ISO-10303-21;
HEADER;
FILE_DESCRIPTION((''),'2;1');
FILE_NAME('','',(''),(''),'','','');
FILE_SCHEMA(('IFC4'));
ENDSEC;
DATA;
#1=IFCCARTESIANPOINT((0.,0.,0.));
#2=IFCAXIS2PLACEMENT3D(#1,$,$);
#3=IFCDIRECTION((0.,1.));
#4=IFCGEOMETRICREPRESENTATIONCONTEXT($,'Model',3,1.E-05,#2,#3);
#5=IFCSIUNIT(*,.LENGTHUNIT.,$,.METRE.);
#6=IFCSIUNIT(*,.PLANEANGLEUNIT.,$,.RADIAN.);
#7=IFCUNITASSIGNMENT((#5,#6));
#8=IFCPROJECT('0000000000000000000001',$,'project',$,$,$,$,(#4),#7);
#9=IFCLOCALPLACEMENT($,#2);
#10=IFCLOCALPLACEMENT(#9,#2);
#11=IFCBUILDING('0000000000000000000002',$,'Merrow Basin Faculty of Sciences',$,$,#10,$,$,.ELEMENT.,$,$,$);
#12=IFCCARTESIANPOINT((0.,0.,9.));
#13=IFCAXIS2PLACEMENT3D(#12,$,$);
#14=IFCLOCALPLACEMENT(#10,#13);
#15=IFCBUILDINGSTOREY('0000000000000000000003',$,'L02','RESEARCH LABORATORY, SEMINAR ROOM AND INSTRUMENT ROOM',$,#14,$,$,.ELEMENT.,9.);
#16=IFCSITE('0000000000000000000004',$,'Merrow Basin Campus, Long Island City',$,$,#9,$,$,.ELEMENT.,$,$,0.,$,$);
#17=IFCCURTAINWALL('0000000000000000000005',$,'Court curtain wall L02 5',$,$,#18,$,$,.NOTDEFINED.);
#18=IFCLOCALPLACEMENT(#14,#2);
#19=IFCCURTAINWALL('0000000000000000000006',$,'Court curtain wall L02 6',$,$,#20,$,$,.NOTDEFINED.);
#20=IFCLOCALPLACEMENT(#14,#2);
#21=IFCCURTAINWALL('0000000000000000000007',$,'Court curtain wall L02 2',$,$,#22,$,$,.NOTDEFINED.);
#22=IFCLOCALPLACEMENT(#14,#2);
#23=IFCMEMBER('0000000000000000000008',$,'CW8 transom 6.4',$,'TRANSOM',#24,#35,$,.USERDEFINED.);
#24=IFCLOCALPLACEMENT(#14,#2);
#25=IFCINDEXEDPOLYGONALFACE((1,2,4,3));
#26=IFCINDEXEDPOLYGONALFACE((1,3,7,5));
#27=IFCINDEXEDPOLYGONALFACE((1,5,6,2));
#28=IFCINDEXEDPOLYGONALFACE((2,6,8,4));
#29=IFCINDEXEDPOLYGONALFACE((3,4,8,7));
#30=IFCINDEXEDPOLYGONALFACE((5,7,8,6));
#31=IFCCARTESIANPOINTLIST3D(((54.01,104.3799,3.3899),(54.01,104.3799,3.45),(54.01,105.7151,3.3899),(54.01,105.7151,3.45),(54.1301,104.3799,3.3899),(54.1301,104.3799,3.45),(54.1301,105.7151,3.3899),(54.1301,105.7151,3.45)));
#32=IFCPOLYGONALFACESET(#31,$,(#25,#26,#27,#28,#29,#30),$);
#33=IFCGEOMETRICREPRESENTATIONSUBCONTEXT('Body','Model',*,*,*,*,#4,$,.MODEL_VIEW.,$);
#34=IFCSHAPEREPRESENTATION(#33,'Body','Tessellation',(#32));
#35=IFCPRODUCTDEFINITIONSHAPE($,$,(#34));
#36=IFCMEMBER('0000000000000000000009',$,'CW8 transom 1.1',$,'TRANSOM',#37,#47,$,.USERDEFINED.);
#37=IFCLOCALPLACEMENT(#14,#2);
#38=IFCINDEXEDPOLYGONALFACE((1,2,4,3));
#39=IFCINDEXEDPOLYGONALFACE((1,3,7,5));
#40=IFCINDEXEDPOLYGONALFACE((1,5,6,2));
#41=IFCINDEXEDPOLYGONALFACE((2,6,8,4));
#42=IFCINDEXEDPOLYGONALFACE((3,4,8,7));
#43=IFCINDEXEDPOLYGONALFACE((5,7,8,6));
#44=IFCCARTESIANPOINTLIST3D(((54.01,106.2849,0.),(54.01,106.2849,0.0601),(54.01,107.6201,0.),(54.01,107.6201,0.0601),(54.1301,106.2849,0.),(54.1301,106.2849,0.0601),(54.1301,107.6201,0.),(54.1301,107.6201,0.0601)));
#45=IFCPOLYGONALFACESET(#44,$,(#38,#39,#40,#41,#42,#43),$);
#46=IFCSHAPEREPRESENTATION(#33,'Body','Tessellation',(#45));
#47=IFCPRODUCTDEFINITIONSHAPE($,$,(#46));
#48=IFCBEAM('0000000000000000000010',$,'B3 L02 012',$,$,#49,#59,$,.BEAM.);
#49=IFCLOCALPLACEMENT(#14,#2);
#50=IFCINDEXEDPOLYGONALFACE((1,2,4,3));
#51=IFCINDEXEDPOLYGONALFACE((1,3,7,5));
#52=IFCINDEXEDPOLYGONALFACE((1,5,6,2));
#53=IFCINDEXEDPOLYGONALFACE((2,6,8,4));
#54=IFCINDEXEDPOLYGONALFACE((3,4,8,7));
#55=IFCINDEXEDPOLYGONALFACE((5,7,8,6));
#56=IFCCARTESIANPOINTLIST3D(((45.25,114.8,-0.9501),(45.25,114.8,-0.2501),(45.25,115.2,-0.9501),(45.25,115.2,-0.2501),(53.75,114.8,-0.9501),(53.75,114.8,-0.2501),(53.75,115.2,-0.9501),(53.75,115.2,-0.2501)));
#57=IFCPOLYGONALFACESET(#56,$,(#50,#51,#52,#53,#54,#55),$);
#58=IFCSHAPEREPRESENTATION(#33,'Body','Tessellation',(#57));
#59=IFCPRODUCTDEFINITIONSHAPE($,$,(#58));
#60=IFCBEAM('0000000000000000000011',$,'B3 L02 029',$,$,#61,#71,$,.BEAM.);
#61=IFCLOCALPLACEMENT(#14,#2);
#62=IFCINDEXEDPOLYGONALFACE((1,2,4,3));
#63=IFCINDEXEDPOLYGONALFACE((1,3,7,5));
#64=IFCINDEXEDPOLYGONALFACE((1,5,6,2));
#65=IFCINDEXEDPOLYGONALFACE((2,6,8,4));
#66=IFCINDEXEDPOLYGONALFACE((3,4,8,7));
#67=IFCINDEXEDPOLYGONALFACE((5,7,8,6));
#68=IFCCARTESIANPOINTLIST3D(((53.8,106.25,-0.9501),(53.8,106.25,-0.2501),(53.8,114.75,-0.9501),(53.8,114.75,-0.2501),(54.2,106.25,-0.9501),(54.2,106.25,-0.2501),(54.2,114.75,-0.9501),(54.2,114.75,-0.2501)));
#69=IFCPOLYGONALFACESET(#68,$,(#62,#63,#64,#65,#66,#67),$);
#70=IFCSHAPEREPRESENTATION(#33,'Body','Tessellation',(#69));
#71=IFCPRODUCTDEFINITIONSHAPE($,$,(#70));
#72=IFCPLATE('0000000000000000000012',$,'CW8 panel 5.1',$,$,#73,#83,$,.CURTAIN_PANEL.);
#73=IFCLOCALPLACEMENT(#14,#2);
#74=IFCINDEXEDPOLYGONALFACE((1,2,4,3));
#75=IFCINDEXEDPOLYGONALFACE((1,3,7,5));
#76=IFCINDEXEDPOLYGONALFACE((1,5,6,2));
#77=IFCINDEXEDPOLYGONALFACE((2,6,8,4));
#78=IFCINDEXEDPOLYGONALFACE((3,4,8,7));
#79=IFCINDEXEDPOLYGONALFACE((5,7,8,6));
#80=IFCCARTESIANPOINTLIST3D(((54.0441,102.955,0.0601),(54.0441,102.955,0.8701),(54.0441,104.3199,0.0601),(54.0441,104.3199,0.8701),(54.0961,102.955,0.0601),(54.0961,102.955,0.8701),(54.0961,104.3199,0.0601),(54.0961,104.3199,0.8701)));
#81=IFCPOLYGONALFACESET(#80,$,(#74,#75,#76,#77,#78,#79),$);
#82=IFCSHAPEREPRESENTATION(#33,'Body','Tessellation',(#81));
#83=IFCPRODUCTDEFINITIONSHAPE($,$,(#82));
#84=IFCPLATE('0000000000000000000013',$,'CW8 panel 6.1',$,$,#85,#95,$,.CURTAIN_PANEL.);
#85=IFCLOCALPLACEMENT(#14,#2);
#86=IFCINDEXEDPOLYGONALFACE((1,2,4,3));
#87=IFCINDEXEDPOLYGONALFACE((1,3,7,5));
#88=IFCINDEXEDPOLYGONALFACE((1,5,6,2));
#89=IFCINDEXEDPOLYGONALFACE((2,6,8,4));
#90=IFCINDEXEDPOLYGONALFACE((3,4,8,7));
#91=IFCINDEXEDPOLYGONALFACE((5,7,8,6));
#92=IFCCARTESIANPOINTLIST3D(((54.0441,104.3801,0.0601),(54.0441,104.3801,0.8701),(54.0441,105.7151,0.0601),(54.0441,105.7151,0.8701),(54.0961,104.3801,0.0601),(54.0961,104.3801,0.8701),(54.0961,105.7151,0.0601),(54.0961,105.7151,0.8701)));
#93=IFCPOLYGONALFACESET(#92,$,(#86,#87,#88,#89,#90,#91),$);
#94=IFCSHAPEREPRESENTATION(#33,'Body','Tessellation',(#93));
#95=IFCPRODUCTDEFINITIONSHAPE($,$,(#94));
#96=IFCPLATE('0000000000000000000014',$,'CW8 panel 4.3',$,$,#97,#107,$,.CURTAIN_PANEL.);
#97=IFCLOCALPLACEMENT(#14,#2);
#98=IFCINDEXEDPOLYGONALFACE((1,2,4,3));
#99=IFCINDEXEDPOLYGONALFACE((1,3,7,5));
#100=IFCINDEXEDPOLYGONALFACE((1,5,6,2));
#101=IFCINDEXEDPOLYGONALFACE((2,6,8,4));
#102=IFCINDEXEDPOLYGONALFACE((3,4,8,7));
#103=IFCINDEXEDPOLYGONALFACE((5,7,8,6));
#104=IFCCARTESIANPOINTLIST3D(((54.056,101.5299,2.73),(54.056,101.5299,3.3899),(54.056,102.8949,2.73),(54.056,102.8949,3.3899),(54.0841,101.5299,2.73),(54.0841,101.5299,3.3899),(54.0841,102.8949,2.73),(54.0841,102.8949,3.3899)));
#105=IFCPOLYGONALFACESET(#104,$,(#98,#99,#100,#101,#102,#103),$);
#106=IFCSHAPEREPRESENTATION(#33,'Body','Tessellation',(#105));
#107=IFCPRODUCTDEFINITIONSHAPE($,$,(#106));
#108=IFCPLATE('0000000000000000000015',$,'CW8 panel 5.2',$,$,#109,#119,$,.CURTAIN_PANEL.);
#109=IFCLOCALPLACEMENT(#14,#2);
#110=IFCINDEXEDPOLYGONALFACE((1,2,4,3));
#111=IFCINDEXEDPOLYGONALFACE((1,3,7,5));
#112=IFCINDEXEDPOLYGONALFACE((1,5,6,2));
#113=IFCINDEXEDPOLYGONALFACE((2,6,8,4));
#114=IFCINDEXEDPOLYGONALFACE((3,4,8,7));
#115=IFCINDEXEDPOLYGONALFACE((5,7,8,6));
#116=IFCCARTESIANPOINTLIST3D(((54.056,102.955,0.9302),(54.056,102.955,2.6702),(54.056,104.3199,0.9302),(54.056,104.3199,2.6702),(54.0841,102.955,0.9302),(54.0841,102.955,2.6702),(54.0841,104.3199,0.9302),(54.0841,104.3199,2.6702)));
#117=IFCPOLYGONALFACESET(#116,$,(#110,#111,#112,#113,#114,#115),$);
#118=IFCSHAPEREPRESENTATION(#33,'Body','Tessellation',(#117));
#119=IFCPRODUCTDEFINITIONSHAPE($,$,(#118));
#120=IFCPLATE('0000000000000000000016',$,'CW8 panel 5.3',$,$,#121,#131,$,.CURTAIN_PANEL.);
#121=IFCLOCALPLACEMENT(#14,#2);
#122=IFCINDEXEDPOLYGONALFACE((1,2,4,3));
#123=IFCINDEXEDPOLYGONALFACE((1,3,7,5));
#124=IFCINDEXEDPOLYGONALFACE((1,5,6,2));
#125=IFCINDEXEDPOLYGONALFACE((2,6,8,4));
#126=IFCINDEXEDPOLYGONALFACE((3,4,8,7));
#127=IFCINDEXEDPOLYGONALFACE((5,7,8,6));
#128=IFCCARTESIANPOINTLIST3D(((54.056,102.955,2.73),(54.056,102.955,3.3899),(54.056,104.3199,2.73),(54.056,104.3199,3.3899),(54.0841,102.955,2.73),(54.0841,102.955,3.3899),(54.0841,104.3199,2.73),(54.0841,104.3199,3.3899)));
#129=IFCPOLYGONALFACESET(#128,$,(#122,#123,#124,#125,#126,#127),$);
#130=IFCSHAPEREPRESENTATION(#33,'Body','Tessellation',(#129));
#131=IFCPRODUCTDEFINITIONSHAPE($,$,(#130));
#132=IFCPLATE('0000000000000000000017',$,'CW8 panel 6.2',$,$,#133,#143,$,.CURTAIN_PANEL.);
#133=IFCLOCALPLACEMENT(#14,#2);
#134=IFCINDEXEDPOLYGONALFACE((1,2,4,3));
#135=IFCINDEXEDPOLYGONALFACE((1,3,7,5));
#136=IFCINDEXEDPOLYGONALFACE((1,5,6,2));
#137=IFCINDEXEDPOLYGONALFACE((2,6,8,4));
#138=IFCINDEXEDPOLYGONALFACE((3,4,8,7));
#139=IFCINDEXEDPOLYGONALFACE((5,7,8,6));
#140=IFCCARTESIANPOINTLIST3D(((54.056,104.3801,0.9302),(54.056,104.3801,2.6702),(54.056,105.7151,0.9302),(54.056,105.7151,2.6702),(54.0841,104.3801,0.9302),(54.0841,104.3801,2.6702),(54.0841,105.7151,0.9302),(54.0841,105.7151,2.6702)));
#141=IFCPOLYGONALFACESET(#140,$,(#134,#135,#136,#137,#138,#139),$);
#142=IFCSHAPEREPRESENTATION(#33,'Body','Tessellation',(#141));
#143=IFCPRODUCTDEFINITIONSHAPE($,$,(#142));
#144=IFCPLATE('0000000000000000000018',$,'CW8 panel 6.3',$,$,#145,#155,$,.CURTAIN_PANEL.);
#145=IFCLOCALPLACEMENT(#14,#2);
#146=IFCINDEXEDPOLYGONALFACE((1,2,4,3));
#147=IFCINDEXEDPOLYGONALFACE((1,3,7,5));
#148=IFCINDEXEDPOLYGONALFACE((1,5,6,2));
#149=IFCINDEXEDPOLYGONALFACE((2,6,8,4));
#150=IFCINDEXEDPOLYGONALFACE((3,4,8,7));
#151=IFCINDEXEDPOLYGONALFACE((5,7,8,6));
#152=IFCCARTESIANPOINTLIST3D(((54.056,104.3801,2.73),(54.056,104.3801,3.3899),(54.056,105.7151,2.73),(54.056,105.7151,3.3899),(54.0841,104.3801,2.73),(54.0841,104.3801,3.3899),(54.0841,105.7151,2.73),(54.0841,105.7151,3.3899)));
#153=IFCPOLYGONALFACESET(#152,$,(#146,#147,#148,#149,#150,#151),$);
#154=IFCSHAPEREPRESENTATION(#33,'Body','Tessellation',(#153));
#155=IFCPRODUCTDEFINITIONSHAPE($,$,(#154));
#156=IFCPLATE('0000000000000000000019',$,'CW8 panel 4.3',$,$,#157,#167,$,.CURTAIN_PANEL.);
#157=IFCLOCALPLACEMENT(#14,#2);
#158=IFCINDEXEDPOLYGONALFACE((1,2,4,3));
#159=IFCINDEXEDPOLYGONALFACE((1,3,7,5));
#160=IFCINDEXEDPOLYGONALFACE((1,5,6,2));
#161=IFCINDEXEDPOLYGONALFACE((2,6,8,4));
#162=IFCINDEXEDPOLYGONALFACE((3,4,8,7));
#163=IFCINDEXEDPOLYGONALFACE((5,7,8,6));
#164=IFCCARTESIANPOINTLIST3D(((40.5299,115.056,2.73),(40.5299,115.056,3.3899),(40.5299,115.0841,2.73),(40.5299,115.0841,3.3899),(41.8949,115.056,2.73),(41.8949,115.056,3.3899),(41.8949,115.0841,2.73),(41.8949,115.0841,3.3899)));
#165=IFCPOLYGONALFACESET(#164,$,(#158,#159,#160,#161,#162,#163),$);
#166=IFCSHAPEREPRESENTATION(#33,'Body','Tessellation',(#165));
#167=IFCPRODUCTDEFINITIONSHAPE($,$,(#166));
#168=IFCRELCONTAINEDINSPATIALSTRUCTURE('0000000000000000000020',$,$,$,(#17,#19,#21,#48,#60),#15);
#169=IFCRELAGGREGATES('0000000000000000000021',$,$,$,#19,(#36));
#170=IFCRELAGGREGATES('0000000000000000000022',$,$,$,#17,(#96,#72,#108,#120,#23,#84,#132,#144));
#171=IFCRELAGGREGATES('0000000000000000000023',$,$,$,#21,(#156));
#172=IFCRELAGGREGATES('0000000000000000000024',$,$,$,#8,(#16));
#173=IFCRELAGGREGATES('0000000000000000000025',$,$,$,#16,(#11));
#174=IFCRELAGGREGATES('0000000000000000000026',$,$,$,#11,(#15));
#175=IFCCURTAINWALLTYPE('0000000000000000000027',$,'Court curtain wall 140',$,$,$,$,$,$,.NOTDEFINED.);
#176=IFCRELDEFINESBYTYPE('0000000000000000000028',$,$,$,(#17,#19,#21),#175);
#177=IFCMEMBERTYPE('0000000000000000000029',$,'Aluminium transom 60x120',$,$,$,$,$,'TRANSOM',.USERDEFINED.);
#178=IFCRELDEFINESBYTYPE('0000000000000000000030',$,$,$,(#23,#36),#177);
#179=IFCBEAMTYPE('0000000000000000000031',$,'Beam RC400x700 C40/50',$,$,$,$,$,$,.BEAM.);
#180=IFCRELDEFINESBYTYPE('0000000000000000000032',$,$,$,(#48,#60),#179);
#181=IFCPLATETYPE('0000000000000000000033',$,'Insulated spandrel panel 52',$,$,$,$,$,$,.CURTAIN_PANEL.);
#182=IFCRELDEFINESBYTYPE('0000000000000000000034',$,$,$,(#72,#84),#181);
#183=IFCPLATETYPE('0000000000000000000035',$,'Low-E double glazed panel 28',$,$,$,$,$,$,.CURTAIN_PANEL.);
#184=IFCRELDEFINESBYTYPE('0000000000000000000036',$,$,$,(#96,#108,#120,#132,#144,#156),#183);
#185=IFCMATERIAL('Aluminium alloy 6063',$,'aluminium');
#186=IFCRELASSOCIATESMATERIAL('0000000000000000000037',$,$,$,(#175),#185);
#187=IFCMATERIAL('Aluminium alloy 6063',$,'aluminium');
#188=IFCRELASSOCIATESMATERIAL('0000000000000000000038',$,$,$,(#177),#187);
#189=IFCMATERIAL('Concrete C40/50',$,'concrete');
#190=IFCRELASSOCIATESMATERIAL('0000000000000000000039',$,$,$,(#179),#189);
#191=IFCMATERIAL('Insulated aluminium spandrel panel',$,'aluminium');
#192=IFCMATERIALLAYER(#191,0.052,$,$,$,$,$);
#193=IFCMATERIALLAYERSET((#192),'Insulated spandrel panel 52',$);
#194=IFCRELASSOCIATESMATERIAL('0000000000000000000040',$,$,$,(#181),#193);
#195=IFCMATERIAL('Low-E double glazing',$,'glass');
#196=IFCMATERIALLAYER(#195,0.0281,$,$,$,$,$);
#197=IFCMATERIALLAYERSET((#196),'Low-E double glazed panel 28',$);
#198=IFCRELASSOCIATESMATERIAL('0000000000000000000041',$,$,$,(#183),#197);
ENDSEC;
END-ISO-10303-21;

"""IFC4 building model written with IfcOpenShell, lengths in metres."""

from ifc_helpers import new_model, si_unit, direction, frame, origin, origin_2d, place, context, subcontext, project, spatial, rectangle, extrude, material, layer, layer_set, material_profile, profile_set, type_object, element, aggregate, save


model = new_model("IFC4")

# Units and contexts
model_context = context("Model", 3, precision=1e-05, world=origin(), true_north=direction((0.0, 1.0)))
body_context = subcontext(model_context, "Body", "Model", "MODEL_VIEW")
ifc_project = project(units=[si_unit("LENGTHUNIT", "METRE"), si_unit("PLANEANGLEUNIT", "RADIAN")], contexts=[model_context])

# Site, building, storey
site_placement = place(None, origin())
site = spatial("IfcSite", under=ifc_project, at=site_placement, Name="Merrow Basin Campus, Long Island City", CompositionType="ELEMENT", RefElevation=0.0)
building_placement = place(site_placement, origin())
building = spatial("IfcBuilding", under=site, at=building_placement, Name="Merrow Basin Faculty of Sciences", CompositionType="ELEMENT")
storey_placement = place(building_placement, frame((0.0, 0.0, 9.0)))
storey = spatial("IfcBuildingStorey", under=building, at=storey_placement, Name="L02", Description="RESEARCH LABORATORY, SEMINAR ROOM AND INSTRUMENT ROOM", CompositionType="ELEMENT", Elevation=9.0)

# Curtain wall
ifc_material_1 = material(Name="Aluminium alloy 6063", Category="aluminium")
curtain_wall_type = type_object("IfcCurtainWallType", Name="Court curtain wall 140", PredefinedType="NOTDEFINED", material=ifc_material_1)
curtain_wall_1_placement = place(storey_placement, origin())
curtain_wall_1 = element("IfcCurtainWall", 1, at=curtain_wall_1_placement, inside=storey, type_object=curtain_wall_type, Name="Court curtain wall L02 5", PredefinedType="NOTDEFINED")

# Curtain walls
curtain_wall_2_placement = place(storey_placement, origin())
curtain_wall_2 = element("IfcCurtainWall", 2, at=curtain_wall_2_placement, inside=storey, type_object=curtain_wall_type, Name="Court curtain wall L02 6", PredefinedType="NOTDEFINED")
curtain_wall_3_placement = place(storey_placement, origin())
curtain_wall_3 = element("IfcCurtainWall", 3, at=curtain_wall_3_placement, inside=storey, type_object=curtain_wall_type, Name="Court curtain wall L02 2", PredefinedType="NOTDEFINED")

# Members
ifc_material_2 = material(Name="Aluminium alloy 6063", Category="aluminium")
ifc_material_profile_1 = material_profile(ifc_material_2, rectangle(XDim=0.1201, YDim=0.0601, at=origin_2d()))
ifc_profile_set_1 = profile_set([ifc_material_profile_1], Name="Aluminium alloy 6063")
member_type_1 = type_object("IfcMemberType", Name="Aluminium transom 60x120", ElementType="TRANSOM", PredefinedType="USERDEFINED", material=ifc_profile_set_1)
member_1_placement = place(storey_placement, frame((54.0701, 104.3799, 3.4199), z_axis=(0.0, 1.0, 0.0), x_axis=(-1.0, 0.0, 0.0)))
member_1 = element("IfcMember", 4, at=member_1_placement, type_object=member_type_1, Name="CW8 transom 6.4", ObjectType="TRANSOM", PredefinedType="USERDEFINED", context=body_context, shape_type="SweptSolid", body=[
    extrude(rectangle(XDim=0.1201, YDim=0.0601, at=origin_2d()), origin(), (0.0, 0.0, 1.0), 1.3352),
])
member_2_placement = place(storey_placement, frame((54.0701, 106.2849, 0.03), z_axis=(0.0, 1.0, 0.0), x_axis=(-1.0, 0.0, 0.0)))
member_2 = element("IfcMember", 5, at=member_2_placement, type_object=member_type_1, Name="CW8 transom 1.1", ObjectType="TRANSOM", PredefinedType="USERDEFINED", context=body_context, shape_type="SweptSolid", body=[
    extrude(rectangle(XDim=0.1201, YDim=0.0601, at=origin_2d()), origin(), (0.0, 0.0, 1.0), 1.3352),
])
aggregate(curtain_wall_2, [member_2])

# Beams
ifc_material_3 = material(Name="Concrete C40/50", Category="concrete")
ifc_material_profile_2 = material_profile(ifc_material_3, rectangle(XDim=0.3999, YDim=0.7, at=origin_2d()))
ifc_profile_set_2 = profile_set([ifc_material_profile_2], Name="Concrete C40/50")
beam_type = type_object("IfcBeamType", Name="Beam RC400x700 C40/50", PredefinedType="BEAM", material=ifc_profile_set_2)
for number, where, z_axis, x_axis, name in (
    (6, (45.25, 115.0, -0.6001), (1.0, 0.0, 0.0), (0.0, 1.0, 0.0), "B3 L02 012"),
    (7, (54.0, 106.25, -0.6001), (0.0, 1.0, 0.0), (-1.0, 0.0, 0.0), "B3 L02 029"),
):
    element("IfcBeam", number, at=place(storey_placement, frame(where, z_axis=z_axis, x_axis=x_axis)), inside=storey, type_object=beam_type, Name=name, PredefinedType="BEAM", context=body_context, shape_type="SweptSolid", body=[
        extrude(rectangle(XDim=0.3999, YDim=0.7, at=origin_2d()), origin(), (0.0, 0.0, 1.0), 8.5),
    ])

# Plates
ifc_material_4 = material(Name="Insulated aluminium spandrel panel", Category="aluminium")
ifc_layer_1 = layer(ifc_material_4, 0.052)
ifc_layer_set_1 = layer_set([ifc_layer_1], Name="Insulated spandrel panel 52")
plate_type_1 = type_object("IfcPlateType", Name="Insulated spandrel panel 52", PredefinedType="CURTAIN_PANEL", material=ifc_layer_set_1)
plate_1_placement = place(storey_placement, frame((54.0701, 103.6375, 0.0601), z_axis=(0.0, 0.0, 1.0), x_axis=(0.0, 1.0, 0.0)))
plate_1 = element("IfcPlate", 8, at=plate_1_placement, type_object=plate_type_1, Name="CW8 panel 5.1", PredefinedType="CURTAIN_PANEL", context=body_context, shape_type="SweptSolid", body=[
    extrude(rectangle(XDim=1.365, YDim=0.052, at=origin_2d()), origin(), (0.0, 0.0, 1.0), 0.8101),
])
plate_2_placement = place(storey_placement, frame((54.0701, 105.0476, 0.0601), z_axis=(0.0, 0.0, 1.0), x_axis=(0.0, 1.0, 0.0)))
plate_2 = element("IfcPlate", 9, at=plate_2_placement, type_object=plate_type_1, Name="CW8 panel 6.1", PredefinedType="CURTAIN_PANEL", context=body_context, shape_type="SweptSolid", body=[
    extrude(rectangle(XDim=1.335, YDim=0.052, at=origin_2d()), origin(), (0.0, 0.0, 1.0), 0.8101),
])
ifc_material_5 = material(Name="Low-E double glazing", Category="glass")
ifc_layer_2 = layer(ifc_material_5, 0.0281)
ifc_layer_set_2 = layer_set([ifc_layer_2], Name="Low-E double glazed panel 28")
plate_type_2 = type_object("IfcPlateType", Name="Low-E double glazed panel 28", PredefinedType="CURTAIN_PANEL", material=ifc_layer_set_2)
plate_3_placement = place(storey_placement, frame((54.0701, 102.2124, 2.73), z_axis=(0.0, 0.0, 1.0), x_axis=(0.0, 1.0, 0.0)))
plate_3 = element("IfcPlate", 10, at=plate_3_placement, type_object=plate_type_2, Name="CW8 panel 4.3", PredefinedType="CURTAIN_PANEL", context=body_context, shape_type="SweptSolid", body=[
    extrude(rectangle(XDim=1.365, YDim=0.0281, at=origin_2d()), origin(), (0.0, 0.0, 1.0), 0.6599),
])
plate_4_placement = place(storey_placement, frame((54.0701, 103.6375, 0.9302), z_axis=(0.0, 0.0, 1.0), x_axis=(0.0, 1.0, 0.0)))
plate_4 = element("IfcPlate", 11, at=plate_4_placement, type_object=plate_type_2, Name="CW8 panel 5.2", PredefinedType="CURTAIN_PANEL", context=body_context, shape_type="SweptSolid", body=[
    extrude(rectangle(XDim=1.365, YDim=0.0281, at=origin_2d()), origin(), (0.0, 0.0, 1.0), 1.74),
])
plate_5_placement = place(storey_placement, frame((54.0701, 103.6375, 2.73), z_axis=(0.0, 0.0, 1.0), x_axis=(0.0, 1.0, 0.0)))
plate_5 = element("IfcPlate", 12, at=plate_5_placement, type_object=plate_type_2, Name="CW8 panel 5.3", PredefinedType="CURTAIN_PANEL", context=body_context, shape_type="SweptSolid", body=[
    extrude(rectangle(XDim=1.365, YDim=0.0281, at=origin_2d()), origin(), (0.0, 0.0, 1.0), 0.6599),
])
plate_6_placement = place(storey_placement, frame((54.0701, 105.0476, 0.9302), z_axis=(0.0, 0.0, 1.0), x_axis=(0.0, 1.0, 0.0)))
plate_6 = element("IfcPlate", 13, at=plate_6_placement, type_object=plate_type_2, Name="CW8 panel 6.2", PredefinedType="CURTAIN_PANEL", context=body_context, shape_type="SweptSolid", body=[
    extrude(rectangle(XDim=1.335, YDim=0.0281, at=origin_2d()), origin(), (0.0, 0.0, 1.0), 1.74),
])
plate_7_placement = place(storey_placement, frame((54.0701, 105.0476, 2.73), z_axis=(0.0, 0.0, 1.0), x_axis=(0.0, 1.0, 0.0)))
plate_7 = element("IfcPlate", 14, at=plate_7_placement, type_object=plate_type_2, Name="CW8 panel 6.3", PredefinedType="CURTAIN_PANEL", context=body_context, shape_type="SweptSolid", body=[
    extrude(rectangle(XDim=1.335, YDim=0.0281, at=origin_2d()), origin(), (0.0, 0.0, 1.0), 0.6599),
])
aggregate(curtain_wall_1, [plate_3, plate_1, plate_4, plate_5, member_1, plate_2, plate_6, plate_7])
plate_8_placement = place(storey_placement, frame((41.2124, 115.0701, 2.73), z_axis=(0.0, 0.0, 1.0), x_axis=(1.0, 0.0, 0.0)))
plate_8 = element("IfcPlate", 15, at=plate_8_placement, type_object=plate_type_2, Name="CW8 panel 4.3", PredefinedType="CURTAIN_PANEL", context=body_context, shape_type="SweptSolid", body=[
    extrude(rectangle(XDim=1.365, YDim=0.0281, at=origin_2d()), origin(), (0.0, 0.0, 1.0), 0.6599),
])
aggregate(curtain_wall_3, [plate_8])

save(model, "model.ifc")
